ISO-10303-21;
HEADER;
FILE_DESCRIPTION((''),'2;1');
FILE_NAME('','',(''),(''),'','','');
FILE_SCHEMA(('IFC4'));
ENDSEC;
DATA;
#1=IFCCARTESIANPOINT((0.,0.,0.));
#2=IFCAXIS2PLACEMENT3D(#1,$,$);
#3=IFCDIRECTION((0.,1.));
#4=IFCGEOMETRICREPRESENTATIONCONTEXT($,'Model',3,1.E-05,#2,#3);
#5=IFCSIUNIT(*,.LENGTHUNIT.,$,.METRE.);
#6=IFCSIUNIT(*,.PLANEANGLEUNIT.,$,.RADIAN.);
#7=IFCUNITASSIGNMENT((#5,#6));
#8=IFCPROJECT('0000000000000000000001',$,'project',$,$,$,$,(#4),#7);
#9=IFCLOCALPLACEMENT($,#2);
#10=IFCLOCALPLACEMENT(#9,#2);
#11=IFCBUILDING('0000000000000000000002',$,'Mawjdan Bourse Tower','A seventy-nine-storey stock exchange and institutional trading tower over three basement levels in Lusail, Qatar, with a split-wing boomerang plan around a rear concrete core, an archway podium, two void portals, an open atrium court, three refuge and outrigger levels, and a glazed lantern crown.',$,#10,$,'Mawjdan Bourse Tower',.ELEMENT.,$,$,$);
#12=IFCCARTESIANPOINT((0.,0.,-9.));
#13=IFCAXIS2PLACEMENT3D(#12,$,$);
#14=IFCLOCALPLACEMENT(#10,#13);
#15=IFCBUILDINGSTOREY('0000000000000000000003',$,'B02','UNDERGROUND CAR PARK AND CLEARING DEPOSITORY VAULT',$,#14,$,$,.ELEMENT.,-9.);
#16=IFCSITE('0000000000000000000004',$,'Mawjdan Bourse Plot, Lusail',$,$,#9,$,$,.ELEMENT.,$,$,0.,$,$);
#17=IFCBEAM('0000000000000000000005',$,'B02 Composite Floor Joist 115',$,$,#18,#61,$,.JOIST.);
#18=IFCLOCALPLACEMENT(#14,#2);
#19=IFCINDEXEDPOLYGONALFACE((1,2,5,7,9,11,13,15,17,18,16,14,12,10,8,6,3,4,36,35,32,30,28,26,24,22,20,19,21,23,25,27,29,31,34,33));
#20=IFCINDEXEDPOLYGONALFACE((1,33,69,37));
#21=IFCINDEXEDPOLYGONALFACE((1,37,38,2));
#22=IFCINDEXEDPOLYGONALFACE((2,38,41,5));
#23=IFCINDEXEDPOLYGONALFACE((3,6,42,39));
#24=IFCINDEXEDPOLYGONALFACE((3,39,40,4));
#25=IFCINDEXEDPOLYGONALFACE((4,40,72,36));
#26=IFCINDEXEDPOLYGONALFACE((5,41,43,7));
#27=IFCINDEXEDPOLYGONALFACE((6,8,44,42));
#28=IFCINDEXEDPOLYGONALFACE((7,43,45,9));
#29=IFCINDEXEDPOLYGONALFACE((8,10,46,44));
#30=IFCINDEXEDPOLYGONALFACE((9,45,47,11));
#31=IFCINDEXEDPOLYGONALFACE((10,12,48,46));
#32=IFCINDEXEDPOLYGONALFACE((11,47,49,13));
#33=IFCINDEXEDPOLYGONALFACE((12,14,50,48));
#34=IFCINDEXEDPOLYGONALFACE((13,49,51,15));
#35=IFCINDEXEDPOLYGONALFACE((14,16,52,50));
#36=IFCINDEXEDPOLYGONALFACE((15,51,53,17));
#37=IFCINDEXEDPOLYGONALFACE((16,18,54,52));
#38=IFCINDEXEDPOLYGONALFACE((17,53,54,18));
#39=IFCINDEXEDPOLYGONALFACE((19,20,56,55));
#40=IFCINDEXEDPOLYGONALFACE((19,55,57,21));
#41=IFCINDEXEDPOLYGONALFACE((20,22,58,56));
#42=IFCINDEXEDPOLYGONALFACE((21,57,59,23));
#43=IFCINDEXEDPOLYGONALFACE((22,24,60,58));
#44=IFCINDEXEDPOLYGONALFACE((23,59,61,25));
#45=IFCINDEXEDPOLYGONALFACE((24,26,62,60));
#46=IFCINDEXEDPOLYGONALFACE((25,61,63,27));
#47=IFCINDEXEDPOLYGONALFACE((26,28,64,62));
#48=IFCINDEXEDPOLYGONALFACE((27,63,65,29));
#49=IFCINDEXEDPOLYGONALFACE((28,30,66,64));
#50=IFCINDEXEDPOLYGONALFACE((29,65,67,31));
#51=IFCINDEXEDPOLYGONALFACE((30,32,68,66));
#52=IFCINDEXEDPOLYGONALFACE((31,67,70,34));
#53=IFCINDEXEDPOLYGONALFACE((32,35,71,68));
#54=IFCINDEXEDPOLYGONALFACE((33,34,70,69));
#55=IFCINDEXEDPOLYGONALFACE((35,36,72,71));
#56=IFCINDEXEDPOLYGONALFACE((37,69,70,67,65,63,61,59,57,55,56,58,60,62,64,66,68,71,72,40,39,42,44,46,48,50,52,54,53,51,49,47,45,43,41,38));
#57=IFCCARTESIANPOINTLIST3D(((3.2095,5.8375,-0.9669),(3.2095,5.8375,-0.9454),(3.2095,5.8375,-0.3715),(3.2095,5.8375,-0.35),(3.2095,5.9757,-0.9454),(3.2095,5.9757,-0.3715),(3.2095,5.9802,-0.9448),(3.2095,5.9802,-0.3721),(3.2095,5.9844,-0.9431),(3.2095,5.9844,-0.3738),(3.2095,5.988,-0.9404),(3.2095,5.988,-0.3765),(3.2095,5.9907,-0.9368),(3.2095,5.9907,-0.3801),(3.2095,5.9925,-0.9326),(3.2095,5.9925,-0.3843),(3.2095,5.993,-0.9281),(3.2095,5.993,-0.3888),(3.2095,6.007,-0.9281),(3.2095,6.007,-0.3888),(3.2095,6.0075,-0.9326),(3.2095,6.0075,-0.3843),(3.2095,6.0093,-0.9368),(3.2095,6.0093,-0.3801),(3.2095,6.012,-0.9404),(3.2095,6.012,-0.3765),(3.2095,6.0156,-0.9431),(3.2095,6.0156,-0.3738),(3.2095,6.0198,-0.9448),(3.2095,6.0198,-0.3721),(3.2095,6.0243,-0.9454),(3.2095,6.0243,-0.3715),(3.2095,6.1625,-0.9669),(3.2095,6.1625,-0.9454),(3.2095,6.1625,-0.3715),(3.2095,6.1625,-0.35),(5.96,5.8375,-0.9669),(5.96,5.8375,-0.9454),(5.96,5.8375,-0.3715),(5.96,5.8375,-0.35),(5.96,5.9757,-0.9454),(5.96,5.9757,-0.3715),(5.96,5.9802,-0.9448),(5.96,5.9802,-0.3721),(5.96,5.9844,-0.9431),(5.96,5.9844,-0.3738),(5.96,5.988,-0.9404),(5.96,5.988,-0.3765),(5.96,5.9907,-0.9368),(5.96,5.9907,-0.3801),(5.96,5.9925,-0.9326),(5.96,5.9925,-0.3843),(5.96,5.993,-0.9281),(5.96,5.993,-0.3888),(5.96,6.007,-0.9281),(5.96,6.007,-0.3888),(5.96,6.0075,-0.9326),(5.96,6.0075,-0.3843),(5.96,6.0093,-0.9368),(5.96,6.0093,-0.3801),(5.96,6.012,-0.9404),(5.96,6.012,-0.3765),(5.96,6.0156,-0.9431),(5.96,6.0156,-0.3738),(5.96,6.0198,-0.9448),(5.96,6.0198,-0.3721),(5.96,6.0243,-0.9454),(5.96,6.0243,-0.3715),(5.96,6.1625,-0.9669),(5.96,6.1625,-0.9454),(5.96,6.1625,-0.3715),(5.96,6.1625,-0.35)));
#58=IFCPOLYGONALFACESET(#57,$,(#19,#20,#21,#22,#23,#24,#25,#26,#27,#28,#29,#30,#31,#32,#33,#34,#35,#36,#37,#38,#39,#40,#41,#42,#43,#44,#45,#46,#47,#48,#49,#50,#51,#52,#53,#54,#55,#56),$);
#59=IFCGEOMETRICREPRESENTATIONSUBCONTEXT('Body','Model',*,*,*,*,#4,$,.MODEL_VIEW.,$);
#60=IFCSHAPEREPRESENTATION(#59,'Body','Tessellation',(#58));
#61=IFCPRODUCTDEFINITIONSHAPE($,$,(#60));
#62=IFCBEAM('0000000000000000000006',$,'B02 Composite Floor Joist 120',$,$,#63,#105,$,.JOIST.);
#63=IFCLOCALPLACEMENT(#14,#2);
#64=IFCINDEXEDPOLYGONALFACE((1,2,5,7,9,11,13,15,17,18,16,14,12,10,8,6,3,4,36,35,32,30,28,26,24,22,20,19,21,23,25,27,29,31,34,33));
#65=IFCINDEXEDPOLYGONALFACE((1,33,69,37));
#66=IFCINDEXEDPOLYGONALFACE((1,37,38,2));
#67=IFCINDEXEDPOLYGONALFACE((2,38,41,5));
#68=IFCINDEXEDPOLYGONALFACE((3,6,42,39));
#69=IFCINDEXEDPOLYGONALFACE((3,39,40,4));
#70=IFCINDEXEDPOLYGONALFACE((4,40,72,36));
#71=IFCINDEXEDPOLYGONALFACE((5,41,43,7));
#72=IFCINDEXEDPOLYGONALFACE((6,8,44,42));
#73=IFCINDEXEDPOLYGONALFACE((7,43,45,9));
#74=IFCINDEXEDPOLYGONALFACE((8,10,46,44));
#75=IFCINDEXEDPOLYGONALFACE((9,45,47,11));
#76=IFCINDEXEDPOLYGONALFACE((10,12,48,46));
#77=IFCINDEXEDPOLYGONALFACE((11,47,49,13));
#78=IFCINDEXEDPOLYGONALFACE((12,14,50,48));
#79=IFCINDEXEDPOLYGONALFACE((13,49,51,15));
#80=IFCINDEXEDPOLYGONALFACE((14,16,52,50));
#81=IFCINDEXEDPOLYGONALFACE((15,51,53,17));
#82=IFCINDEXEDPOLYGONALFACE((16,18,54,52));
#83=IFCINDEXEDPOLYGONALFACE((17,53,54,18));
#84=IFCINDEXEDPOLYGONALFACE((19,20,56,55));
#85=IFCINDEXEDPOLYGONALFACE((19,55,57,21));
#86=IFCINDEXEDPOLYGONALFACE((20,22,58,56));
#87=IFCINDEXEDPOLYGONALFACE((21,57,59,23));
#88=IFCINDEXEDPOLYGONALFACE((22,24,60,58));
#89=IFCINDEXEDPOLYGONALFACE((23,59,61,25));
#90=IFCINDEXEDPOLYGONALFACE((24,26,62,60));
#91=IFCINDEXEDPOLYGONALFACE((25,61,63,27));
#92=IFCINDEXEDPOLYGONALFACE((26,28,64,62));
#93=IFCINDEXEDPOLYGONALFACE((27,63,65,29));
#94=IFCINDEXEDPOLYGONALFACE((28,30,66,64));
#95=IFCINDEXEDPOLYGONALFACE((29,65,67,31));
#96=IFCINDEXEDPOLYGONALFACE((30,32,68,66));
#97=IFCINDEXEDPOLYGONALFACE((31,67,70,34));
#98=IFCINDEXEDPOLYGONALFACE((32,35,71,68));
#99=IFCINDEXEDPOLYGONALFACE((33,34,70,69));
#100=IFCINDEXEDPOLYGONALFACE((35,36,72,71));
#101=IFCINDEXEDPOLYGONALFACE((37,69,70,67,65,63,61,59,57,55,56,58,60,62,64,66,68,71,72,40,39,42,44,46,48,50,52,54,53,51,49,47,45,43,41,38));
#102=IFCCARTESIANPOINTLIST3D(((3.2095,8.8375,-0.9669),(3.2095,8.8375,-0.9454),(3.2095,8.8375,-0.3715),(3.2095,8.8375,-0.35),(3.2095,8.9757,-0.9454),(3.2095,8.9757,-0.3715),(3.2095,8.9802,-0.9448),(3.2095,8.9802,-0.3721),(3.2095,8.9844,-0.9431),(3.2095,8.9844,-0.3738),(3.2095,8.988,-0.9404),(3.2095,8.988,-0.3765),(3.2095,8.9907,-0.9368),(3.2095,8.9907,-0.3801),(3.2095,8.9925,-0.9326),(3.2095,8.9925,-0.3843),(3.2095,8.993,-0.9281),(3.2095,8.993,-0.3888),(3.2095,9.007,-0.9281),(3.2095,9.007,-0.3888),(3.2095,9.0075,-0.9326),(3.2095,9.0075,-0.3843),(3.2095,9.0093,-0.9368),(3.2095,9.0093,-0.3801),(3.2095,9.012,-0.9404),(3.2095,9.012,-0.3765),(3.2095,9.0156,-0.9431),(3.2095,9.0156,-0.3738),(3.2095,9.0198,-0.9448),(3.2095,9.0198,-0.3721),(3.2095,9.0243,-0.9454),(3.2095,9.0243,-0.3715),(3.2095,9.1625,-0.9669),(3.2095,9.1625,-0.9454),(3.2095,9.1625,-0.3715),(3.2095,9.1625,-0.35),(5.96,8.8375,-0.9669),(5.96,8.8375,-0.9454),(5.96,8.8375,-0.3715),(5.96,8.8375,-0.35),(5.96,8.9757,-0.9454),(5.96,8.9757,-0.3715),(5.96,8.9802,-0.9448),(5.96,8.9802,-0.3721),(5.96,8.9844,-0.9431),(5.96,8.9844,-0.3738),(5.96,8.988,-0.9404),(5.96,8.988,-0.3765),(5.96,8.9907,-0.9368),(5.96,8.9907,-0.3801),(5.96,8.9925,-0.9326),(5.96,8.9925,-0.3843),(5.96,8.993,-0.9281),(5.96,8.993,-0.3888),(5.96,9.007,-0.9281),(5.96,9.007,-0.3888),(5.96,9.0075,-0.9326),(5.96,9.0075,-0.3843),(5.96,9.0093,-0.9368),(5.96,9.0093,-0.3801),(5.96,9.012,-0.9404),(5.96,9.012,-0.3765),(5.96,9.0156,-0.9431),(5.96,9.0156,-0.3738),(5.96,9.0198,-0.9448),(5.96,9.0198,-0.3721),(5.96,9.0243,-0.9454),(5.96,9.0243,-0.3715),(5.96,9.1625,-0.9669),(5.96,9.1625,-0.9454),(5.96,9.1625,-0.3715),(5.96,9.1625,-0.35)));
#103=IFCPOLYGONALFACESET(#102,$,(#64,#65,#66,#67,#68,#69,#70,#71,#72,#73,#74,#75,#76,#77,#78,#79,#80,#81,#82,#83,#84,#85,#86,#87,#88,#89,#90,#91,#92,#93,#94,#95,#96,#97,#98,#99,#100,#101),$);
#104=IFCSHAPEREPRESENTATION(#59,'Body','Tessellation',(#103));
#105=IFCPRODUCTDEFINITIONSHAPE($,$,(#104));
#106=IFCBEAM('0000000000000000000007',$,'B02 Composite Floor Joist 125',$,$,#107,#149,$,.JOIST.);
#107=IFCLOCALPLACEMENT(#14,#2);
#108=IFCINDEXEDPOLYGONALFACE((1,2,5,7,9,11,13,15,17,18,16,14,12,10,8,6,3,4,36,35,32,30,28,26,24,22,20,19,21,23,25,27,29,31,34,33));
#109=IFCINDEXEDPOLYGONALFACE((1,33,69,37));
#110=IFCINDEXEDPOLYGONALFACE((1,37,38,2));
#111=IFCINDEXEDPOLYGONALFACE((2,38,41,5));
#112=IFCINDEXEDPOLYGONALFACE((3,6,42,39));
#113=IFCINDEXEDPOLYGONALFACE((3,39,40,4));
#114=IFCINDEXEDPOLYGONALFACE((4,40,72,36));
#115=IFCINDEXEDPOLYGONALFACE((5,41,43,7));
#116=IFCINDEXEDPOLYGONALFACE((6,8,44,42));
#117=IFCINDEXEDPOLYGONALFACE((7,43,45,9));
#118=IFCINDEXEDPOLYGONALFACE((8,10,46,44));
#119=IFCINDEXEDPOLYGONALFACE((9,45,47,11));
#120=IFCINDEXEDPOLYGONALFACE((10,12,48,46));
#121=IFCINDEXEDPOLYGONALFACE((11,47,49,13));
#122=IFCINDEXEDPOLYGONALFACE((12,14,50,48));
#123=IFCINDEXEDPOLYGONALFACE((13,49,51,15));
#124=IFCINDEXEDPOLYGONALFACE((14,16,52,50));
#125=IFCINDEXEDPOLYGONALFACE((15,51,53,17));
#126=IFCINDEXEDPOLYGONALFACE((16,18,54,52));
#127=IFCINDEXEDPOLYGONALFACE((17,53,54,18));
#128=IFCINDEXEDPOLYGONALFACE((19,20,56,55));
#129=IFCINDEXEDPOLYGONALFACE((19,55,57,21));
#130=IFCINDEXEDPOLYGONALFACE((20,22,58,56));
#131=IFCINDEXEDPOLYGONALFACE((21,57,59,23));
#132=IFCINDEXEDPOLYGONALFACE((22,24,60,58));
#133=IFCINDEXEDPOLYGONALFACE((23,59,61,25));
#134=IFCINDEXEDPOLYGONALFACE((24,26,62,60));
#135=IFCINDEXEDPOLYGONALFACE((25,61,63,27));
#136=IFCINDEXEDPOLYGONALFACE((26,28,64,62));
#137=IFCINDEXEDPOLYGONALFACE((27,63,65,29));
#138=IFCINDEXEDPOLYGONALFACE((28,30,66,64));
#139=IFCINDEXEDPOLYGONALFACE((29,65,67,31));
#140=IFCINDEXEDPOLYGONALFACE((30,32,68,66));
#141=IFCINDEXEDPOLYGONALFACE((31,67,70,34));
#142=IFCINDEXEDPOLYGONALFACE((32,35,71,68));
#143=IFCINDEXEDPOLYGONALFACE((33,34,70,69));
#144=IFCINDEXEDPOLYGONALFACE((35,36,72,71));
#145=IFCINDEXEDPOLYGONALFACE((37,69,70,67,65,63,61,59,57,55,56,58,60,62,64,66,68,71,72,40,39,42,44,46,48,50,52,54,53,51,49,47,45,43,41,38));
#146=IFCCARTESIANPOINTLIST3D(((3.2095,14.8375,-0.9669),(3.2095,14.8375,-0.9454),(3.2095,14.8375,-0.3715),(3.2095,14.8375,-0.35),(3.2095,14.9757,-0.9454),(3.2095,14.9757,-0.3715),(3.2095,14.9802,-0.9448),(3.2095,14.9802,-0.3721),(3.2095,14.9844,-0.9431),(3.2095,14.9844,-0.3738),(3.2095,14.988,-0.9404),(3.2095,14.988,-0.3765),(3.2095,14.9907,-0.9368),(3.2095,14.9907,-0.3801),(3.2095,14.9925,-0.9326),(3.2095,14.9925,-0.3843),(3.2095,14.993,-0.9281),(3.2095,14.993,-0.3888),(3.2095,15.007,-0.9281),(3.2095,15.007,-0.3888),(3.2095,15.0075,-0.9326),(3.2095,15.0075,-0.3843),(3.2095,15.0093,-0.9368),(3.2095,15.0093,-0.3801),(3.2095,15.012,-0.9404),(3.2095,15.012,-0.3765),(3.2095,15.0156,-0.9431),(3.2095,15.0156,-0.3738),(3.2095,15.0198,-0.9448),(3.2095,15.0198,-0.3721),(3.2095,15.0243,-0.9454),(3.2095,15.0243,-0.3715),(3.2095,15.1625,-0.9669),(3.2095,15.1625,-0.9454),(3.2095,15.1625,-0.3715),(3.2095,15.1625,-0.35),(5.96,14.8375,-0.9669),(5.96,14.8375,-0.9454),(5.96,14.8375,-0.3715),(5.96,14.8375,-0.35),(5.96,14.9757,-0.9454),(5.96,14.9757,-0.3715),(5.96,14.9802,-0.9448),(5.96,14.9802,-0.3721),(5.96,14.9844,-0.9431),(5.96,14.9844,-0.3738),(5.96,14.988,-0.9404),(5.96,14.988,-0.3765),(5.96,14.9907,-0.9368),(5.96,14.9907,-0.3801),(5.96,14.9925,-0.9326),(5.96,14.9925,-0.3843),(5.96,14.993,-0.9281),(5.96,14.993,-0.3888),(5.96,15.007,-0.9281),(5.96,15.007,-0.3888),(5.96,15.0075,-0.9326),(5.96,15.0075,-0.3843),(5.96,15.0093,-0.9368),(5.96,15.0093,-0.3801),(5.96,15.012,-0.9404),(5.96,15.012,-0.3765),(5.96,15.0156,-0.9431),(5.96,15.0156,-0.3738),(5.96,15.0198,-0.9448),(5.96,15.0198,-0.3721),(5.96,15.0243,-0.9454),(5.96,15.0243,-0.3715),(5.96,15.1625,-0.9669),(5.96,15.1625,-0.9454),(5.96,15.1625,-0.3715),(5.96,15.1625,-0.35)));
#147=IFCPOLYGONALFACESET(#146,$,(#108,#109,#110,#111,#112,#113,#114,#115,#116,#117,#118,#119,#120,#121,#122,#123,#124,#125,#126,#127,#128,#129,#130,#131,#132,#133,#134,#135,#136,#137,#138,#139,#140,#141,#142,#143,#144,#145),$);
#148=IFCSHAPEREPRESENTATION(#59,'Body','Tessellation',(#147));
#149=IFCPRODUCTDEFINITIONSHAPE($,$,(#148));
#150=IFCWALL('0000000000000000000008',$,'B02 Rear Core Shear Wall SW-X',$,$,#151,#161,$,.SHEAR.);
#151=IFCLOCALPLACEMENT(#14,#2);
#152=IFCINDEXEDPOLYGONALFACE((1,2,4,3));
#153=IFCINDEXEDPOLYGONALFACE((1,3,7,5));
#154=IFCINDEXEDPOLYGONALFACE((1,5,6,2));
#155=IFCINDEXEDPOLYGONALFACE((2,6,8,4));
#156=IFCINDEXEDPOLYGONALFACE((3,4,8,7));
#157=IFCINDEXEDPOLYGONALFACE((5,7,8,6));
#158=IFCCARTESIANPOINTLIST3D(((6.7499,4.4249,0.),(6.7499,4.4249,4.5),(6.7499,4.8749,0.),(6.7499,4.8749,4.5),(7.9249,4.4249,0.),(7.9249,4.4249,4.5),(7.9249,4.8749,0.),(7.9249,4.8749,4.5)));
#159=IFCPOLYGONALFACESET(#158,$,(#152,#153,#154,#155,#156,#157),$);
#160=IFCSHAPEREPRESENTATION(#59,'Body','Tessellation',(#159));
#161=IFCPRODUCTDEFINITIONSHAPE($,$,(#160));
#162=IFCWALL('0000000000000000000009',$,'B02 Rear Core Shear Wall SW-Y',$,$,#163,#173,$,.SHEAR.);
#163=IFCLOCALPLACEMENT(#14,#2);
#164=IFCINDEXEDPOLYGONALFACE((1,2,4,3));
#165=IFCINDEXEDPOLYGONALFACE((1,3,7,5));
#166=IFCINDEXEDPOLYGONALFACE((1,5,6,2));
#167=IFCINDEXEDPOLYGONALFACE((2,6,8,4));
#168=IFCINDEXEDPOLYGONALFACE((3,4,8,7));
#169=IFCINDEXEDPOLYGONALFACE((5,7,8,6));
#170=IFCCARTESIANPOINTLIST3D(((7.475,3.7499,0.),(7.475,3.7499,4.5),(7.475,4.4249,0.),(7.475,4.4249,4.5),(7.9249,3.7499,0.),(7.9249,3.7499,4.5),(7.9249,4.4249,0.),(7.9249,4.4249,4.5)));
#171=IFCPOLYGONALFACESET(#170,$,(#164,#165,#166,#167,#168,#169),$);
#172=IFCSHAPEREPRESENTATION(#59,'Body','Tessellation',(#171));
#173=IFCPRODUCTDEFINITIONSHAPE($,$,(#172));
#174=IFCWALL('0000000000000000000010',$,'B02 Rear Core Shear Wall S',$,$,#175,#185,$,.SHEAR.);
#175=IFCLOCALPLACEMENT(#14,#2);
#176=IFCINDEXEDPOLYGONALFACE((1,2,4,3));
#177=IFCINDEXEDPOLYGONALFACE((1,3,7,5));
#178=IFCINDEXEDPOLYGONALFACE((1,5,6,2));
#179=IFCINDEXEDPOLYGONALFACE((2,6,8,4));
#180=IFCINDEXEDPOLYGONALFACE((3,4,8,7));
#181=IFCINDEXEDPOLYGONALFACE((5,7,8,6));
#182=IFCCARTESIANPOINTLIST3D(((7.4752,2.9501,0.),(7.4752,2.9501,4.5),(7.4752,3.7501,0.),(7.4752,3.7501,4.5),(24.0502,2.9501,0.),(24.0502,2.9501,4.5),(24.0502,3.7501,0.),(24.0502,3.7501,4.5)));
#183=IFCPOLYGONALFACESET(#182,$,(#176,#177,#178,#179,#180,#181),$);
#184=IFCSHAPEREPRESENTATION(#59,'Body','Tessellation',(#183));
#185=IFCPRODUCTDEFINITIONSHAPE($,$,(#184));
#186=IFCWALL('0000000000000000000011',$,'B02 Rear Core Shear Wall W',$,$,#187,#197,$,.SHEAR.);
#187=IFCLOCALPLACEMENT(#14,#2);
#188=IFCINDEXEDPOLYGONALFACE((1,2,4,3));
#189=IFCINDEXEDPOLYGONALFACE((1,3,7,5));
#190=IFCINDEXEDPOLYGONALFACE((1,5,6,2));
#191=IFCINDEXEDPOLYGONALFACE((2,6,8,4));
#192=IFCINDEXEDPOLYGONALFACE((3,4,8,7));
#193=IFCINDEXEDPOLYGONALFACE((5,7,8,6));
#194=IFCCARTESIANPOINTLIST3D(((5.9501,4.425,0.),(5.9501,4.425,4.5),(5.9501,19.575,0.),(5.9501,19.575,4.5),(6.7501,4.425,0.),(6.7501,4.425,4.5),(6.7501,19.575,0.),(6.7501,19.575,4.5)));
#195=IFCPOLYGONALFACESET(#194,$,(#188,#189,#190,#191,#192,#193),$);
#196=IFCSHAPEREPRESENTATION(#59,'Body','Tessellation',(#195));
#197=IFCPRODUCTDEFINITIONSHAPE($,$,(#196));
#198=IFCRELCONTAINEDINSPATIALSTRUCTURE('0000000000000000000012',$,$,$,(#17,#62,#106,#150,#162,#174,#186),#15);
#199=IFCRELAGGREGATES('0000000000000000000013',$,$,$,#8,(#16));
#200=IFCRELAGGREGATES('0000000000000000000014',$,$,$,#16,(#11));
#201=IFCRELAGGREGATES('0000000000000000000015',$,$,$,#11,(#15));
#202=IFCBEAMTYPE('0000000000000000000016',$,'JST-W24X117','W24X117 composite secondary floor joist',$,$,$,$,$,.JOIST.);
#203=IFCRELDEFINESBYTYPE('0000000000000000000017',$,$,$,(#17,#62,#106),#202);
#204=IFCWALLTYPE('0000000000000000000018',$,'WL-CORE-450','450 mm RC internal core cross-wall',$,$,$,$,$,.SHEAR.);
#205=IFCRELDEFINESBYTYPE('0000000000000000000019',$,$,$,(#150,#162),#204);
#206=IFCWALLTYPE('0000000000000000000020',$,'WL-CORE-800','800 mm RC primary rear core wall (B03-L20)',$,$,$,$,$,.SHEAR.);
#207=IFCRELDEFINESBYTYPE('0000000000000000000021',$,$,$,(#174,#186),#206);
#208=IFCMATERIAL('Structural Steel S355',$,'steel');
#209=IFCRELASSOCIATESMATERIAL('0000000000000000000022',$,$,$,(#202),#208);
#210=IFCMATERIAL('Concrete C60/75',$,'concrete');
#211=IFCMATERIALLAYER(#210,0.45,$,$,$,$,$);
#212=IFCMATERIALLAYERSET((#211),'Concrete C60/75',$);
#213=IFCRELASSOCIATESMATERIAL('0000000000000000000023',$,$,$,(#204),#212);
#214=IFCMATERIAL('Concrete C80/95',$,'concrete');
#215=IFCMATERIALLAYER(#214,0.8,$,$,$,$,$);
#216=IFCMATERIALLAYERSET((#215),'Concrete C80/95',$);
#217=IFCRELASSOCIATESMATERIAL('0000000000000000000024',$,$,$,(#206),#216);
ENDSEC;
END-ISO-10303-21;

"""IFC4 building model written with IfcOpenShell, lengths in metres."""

from ifc_helpers import new_model, si_unit, direction, frame, frame_2d, origin, origin_2d, place, context, subcontext, project, spatial, rectangle, i_section, extrude, material, layer, layer_set, material_profile, profile_set, type_object, element, save


model = new_model("IFC4")

# Units and contexts
model_context = context("Model", 3, precision=1e-05, world=origin(), true_north=direction((0.0, 1.0)))
body_context = subcontext(model_context, "Body", "Model", "MODEL_VIEW")
ifc_project = project(units=[si_unit("LENGTHUNIT", "METRE"), si_unit("PLANEANGLEUNIT", "RADIAN")], contexts=[model_context])

# Site, building, storey
site_placement = place(None, origin())
site = spatial("IfcSite", under=ifc_project, at=site_placement, Name="Mawjdan Bourse Plot, Lusail", CompositionType="ELEMENT", RefElevation=0.0)
building_placement = place(site_placement, origin())
building = spatial("IfcBuilding", under=site, at=building_placement, Name="Mawjdan Bourse Tower", Description="A seventy-nine-storey stock exchange and institutional trading tower over three basement levels in Lusail, Qatar, with a split-wing boomerang plan around a rear concrete core, an archway podium, two void portals, an open atrium court, three refuge and outrigger levels, and a glazed lantern crown.", LongName="Mawjdan Bourse Tower", CompositionType="ELEMENT")
storey_placement = place(building_placement, frame((0.0, 0.0, -9.0)))
storey = spatial("IfcBuildingStorey", under=building, at=storey_placement, Name="B02", Description="UNDERGROUND CAR PARK AND CLEARING DEPOSITORY VAULT", CompositionType="ELEMENT", Elevation=-9.0)

# Shared definitions
ifc_material_1 = material(Name="Concrete C80/95", Category="concrete")

# Beams
ifc_material_2 = material(Name="Structural Steel S355", Category="steel")
ifc_material_profile_1 = material_profile(ifc_material_2, i_section(OverallWidth=0.325, OverallDepth=0.6169, WebThickness=0.0139, FlangeThickness=0.0215, FilletRadius=0.0173, at=origin_2d()), Name="W24X117")
ifc_profile_set_1 = profile_set([ifc_material_profile_1], Name="Structural Steel S355")
beam_type_1 = type_object("IfcBeamType", Name="JST-W24X117", Description="W24X117 composite secondary floor joist", PredefinedType="JOIST", material=ifc_profile_set_1)
for number, where, z_axis, x_axis, name in (
    (1, (3.2095, 6.0, -0.6584), (1.0, 0.0, 0.0), (0.0, 1.0, 0.0), "B02 Composite Floor Joist 115"),
    (2, (3.2095, 9.0, -0.6584), (1.0, 0.0, 0.0), (0.0, 1.0, 0.0), "B02 Composite Floor Joist 120"),
    (3, (3.2095, 15.0, -0.6584), (1.0, 0.0, 0.0), (0.0, 1.0, 0.0), "B02 Composite Floor Joist 125"),
):
    element("IfcBeam", number, at=place(storey_placement, frame(where, z_axis=z_axis, x_axis=x_axis)), inside=storey, type_object=beam_type_1, Name=name, PredefinedType="JOIST", context=body_context, shape_type="SweptSolid", body=[
        extrude(i_section(OverallWidth=0.325, OverallDepth=0.6169, WebThickness=0.0139, FlangeThickness=0.0215, FilletRadius=0.0173, at=origin_2d()), origin(), (0.0, 0.0, 1.0), 2.7505),
    ])

# Walls
ifc_material_3 = material(Name="Concrete C60/75", Category="concrete")
ifc_layer_1 = layer(ifc_material_3, 0.45)
ifc_layer_set_1 = layer_set([ifc_layer_1], Name="Concrete C60/75")
wall_type_1 = type_object("IfcWallType", Name="WL-CORE-450", Description="450 mm RC internal core cross-wall", PredefinedType="SHEAR", material=ifc_layer_set_1)
wall_1_placement = place(storey_placement, frame((6.75, 4.6499, 0.0), z_axis=(0.0, 0.0, 1.0), x_axis=(1.0, 0.0, 0.0)))
element("IfcWall", 4, at=wall_1_placement, inside=storey, type_object=wall_type_1, Name="B02 Rear Core Shear Wall SW-X", PredefinedType="SHEAR", context=body_context, shape_type="SweptSolid", body=[
    extrude(rectangle(XDim=1.175, YDim=0.45, at=frame_2d((0.5874, 0.0))), origin(), (0.0, 0.0, 1.0), 4.5),
])
wall_2_placement = place(storey_placement, frame((7.7, 3.75, 0.0), z_axis=(0.0, 0.0, 1.0), x_axis=(0.0, 1.0, 0.0)))
element("IfcWall", 5, at=wall_2_placement, inside=storey, type_object=wall_type_1, Name="B02 Rear Core Shear Wall SW-Y", PredefinedType="SHEAR", context=body_context, shape_type="SweptSolid", body=[
    extrude(rectangle(XDim=0.675, YDim=0.45, at=frame_2d((0.3374, 0.0))), origin(), (0.0, 0.0, 1.0), 4.5),
])
ifc_layer_2 = layer(ifc_material_1, 0.8)
ifc_layer_set_2 = layer_set([ifc_layer_2], Name="Concrete C80/95")
wall_type_2 = type_object("IfcWallType", Name="WL-CORE-800", Description="800 mm RC primary rear core wall (B03-L20)", PredefinedType="SHEAR", material=ifc_layer_set_2)
wall_3_placement = place(storey_placement, frame((7.4751, 3.3501, 0.0), z_axis=(0.0, 0.0, 1.0), x_axis=(1.0, 0.0, 0.0)))
element("IfcWall", 6, at=wall_3_placement, inside=storey, type_object=wall_type_2, Name="B02 Rear Core Shear Wall S", PredefinedType="SHEAR", context=body_context, shape_type="SweptSolid", body=[
    extrude(rectangle(XDim=16.575, YDim=0.8, at=frame_2d((8.2876, 0.0))), origin(), (0.0, 0.0, 1.0), 4.5),
])
wall_4_placement = place(storey_placement, frame((6.3501, 4.425, 0.0), z_axis=(0.0, 0.0, 1.0), x_axis=(0.0, 1.0, 0.0)))
element("IfcWall", 7, at=wall_4_placement, inside=storey, type_object=wall_type_2, Name="B02 Rear Core Shear Wall W", PredefinedType="SHEAR", context=body_context, shape_type="SweptSolid", body=[
    extrude(rectangle(XDim=15.1499, YDim=0.8, at=frame_2d((7.575, 0.0))), origin(), (0.0, 0.0, 1.0), 4.5),
])

save(model, "model.ifc")
